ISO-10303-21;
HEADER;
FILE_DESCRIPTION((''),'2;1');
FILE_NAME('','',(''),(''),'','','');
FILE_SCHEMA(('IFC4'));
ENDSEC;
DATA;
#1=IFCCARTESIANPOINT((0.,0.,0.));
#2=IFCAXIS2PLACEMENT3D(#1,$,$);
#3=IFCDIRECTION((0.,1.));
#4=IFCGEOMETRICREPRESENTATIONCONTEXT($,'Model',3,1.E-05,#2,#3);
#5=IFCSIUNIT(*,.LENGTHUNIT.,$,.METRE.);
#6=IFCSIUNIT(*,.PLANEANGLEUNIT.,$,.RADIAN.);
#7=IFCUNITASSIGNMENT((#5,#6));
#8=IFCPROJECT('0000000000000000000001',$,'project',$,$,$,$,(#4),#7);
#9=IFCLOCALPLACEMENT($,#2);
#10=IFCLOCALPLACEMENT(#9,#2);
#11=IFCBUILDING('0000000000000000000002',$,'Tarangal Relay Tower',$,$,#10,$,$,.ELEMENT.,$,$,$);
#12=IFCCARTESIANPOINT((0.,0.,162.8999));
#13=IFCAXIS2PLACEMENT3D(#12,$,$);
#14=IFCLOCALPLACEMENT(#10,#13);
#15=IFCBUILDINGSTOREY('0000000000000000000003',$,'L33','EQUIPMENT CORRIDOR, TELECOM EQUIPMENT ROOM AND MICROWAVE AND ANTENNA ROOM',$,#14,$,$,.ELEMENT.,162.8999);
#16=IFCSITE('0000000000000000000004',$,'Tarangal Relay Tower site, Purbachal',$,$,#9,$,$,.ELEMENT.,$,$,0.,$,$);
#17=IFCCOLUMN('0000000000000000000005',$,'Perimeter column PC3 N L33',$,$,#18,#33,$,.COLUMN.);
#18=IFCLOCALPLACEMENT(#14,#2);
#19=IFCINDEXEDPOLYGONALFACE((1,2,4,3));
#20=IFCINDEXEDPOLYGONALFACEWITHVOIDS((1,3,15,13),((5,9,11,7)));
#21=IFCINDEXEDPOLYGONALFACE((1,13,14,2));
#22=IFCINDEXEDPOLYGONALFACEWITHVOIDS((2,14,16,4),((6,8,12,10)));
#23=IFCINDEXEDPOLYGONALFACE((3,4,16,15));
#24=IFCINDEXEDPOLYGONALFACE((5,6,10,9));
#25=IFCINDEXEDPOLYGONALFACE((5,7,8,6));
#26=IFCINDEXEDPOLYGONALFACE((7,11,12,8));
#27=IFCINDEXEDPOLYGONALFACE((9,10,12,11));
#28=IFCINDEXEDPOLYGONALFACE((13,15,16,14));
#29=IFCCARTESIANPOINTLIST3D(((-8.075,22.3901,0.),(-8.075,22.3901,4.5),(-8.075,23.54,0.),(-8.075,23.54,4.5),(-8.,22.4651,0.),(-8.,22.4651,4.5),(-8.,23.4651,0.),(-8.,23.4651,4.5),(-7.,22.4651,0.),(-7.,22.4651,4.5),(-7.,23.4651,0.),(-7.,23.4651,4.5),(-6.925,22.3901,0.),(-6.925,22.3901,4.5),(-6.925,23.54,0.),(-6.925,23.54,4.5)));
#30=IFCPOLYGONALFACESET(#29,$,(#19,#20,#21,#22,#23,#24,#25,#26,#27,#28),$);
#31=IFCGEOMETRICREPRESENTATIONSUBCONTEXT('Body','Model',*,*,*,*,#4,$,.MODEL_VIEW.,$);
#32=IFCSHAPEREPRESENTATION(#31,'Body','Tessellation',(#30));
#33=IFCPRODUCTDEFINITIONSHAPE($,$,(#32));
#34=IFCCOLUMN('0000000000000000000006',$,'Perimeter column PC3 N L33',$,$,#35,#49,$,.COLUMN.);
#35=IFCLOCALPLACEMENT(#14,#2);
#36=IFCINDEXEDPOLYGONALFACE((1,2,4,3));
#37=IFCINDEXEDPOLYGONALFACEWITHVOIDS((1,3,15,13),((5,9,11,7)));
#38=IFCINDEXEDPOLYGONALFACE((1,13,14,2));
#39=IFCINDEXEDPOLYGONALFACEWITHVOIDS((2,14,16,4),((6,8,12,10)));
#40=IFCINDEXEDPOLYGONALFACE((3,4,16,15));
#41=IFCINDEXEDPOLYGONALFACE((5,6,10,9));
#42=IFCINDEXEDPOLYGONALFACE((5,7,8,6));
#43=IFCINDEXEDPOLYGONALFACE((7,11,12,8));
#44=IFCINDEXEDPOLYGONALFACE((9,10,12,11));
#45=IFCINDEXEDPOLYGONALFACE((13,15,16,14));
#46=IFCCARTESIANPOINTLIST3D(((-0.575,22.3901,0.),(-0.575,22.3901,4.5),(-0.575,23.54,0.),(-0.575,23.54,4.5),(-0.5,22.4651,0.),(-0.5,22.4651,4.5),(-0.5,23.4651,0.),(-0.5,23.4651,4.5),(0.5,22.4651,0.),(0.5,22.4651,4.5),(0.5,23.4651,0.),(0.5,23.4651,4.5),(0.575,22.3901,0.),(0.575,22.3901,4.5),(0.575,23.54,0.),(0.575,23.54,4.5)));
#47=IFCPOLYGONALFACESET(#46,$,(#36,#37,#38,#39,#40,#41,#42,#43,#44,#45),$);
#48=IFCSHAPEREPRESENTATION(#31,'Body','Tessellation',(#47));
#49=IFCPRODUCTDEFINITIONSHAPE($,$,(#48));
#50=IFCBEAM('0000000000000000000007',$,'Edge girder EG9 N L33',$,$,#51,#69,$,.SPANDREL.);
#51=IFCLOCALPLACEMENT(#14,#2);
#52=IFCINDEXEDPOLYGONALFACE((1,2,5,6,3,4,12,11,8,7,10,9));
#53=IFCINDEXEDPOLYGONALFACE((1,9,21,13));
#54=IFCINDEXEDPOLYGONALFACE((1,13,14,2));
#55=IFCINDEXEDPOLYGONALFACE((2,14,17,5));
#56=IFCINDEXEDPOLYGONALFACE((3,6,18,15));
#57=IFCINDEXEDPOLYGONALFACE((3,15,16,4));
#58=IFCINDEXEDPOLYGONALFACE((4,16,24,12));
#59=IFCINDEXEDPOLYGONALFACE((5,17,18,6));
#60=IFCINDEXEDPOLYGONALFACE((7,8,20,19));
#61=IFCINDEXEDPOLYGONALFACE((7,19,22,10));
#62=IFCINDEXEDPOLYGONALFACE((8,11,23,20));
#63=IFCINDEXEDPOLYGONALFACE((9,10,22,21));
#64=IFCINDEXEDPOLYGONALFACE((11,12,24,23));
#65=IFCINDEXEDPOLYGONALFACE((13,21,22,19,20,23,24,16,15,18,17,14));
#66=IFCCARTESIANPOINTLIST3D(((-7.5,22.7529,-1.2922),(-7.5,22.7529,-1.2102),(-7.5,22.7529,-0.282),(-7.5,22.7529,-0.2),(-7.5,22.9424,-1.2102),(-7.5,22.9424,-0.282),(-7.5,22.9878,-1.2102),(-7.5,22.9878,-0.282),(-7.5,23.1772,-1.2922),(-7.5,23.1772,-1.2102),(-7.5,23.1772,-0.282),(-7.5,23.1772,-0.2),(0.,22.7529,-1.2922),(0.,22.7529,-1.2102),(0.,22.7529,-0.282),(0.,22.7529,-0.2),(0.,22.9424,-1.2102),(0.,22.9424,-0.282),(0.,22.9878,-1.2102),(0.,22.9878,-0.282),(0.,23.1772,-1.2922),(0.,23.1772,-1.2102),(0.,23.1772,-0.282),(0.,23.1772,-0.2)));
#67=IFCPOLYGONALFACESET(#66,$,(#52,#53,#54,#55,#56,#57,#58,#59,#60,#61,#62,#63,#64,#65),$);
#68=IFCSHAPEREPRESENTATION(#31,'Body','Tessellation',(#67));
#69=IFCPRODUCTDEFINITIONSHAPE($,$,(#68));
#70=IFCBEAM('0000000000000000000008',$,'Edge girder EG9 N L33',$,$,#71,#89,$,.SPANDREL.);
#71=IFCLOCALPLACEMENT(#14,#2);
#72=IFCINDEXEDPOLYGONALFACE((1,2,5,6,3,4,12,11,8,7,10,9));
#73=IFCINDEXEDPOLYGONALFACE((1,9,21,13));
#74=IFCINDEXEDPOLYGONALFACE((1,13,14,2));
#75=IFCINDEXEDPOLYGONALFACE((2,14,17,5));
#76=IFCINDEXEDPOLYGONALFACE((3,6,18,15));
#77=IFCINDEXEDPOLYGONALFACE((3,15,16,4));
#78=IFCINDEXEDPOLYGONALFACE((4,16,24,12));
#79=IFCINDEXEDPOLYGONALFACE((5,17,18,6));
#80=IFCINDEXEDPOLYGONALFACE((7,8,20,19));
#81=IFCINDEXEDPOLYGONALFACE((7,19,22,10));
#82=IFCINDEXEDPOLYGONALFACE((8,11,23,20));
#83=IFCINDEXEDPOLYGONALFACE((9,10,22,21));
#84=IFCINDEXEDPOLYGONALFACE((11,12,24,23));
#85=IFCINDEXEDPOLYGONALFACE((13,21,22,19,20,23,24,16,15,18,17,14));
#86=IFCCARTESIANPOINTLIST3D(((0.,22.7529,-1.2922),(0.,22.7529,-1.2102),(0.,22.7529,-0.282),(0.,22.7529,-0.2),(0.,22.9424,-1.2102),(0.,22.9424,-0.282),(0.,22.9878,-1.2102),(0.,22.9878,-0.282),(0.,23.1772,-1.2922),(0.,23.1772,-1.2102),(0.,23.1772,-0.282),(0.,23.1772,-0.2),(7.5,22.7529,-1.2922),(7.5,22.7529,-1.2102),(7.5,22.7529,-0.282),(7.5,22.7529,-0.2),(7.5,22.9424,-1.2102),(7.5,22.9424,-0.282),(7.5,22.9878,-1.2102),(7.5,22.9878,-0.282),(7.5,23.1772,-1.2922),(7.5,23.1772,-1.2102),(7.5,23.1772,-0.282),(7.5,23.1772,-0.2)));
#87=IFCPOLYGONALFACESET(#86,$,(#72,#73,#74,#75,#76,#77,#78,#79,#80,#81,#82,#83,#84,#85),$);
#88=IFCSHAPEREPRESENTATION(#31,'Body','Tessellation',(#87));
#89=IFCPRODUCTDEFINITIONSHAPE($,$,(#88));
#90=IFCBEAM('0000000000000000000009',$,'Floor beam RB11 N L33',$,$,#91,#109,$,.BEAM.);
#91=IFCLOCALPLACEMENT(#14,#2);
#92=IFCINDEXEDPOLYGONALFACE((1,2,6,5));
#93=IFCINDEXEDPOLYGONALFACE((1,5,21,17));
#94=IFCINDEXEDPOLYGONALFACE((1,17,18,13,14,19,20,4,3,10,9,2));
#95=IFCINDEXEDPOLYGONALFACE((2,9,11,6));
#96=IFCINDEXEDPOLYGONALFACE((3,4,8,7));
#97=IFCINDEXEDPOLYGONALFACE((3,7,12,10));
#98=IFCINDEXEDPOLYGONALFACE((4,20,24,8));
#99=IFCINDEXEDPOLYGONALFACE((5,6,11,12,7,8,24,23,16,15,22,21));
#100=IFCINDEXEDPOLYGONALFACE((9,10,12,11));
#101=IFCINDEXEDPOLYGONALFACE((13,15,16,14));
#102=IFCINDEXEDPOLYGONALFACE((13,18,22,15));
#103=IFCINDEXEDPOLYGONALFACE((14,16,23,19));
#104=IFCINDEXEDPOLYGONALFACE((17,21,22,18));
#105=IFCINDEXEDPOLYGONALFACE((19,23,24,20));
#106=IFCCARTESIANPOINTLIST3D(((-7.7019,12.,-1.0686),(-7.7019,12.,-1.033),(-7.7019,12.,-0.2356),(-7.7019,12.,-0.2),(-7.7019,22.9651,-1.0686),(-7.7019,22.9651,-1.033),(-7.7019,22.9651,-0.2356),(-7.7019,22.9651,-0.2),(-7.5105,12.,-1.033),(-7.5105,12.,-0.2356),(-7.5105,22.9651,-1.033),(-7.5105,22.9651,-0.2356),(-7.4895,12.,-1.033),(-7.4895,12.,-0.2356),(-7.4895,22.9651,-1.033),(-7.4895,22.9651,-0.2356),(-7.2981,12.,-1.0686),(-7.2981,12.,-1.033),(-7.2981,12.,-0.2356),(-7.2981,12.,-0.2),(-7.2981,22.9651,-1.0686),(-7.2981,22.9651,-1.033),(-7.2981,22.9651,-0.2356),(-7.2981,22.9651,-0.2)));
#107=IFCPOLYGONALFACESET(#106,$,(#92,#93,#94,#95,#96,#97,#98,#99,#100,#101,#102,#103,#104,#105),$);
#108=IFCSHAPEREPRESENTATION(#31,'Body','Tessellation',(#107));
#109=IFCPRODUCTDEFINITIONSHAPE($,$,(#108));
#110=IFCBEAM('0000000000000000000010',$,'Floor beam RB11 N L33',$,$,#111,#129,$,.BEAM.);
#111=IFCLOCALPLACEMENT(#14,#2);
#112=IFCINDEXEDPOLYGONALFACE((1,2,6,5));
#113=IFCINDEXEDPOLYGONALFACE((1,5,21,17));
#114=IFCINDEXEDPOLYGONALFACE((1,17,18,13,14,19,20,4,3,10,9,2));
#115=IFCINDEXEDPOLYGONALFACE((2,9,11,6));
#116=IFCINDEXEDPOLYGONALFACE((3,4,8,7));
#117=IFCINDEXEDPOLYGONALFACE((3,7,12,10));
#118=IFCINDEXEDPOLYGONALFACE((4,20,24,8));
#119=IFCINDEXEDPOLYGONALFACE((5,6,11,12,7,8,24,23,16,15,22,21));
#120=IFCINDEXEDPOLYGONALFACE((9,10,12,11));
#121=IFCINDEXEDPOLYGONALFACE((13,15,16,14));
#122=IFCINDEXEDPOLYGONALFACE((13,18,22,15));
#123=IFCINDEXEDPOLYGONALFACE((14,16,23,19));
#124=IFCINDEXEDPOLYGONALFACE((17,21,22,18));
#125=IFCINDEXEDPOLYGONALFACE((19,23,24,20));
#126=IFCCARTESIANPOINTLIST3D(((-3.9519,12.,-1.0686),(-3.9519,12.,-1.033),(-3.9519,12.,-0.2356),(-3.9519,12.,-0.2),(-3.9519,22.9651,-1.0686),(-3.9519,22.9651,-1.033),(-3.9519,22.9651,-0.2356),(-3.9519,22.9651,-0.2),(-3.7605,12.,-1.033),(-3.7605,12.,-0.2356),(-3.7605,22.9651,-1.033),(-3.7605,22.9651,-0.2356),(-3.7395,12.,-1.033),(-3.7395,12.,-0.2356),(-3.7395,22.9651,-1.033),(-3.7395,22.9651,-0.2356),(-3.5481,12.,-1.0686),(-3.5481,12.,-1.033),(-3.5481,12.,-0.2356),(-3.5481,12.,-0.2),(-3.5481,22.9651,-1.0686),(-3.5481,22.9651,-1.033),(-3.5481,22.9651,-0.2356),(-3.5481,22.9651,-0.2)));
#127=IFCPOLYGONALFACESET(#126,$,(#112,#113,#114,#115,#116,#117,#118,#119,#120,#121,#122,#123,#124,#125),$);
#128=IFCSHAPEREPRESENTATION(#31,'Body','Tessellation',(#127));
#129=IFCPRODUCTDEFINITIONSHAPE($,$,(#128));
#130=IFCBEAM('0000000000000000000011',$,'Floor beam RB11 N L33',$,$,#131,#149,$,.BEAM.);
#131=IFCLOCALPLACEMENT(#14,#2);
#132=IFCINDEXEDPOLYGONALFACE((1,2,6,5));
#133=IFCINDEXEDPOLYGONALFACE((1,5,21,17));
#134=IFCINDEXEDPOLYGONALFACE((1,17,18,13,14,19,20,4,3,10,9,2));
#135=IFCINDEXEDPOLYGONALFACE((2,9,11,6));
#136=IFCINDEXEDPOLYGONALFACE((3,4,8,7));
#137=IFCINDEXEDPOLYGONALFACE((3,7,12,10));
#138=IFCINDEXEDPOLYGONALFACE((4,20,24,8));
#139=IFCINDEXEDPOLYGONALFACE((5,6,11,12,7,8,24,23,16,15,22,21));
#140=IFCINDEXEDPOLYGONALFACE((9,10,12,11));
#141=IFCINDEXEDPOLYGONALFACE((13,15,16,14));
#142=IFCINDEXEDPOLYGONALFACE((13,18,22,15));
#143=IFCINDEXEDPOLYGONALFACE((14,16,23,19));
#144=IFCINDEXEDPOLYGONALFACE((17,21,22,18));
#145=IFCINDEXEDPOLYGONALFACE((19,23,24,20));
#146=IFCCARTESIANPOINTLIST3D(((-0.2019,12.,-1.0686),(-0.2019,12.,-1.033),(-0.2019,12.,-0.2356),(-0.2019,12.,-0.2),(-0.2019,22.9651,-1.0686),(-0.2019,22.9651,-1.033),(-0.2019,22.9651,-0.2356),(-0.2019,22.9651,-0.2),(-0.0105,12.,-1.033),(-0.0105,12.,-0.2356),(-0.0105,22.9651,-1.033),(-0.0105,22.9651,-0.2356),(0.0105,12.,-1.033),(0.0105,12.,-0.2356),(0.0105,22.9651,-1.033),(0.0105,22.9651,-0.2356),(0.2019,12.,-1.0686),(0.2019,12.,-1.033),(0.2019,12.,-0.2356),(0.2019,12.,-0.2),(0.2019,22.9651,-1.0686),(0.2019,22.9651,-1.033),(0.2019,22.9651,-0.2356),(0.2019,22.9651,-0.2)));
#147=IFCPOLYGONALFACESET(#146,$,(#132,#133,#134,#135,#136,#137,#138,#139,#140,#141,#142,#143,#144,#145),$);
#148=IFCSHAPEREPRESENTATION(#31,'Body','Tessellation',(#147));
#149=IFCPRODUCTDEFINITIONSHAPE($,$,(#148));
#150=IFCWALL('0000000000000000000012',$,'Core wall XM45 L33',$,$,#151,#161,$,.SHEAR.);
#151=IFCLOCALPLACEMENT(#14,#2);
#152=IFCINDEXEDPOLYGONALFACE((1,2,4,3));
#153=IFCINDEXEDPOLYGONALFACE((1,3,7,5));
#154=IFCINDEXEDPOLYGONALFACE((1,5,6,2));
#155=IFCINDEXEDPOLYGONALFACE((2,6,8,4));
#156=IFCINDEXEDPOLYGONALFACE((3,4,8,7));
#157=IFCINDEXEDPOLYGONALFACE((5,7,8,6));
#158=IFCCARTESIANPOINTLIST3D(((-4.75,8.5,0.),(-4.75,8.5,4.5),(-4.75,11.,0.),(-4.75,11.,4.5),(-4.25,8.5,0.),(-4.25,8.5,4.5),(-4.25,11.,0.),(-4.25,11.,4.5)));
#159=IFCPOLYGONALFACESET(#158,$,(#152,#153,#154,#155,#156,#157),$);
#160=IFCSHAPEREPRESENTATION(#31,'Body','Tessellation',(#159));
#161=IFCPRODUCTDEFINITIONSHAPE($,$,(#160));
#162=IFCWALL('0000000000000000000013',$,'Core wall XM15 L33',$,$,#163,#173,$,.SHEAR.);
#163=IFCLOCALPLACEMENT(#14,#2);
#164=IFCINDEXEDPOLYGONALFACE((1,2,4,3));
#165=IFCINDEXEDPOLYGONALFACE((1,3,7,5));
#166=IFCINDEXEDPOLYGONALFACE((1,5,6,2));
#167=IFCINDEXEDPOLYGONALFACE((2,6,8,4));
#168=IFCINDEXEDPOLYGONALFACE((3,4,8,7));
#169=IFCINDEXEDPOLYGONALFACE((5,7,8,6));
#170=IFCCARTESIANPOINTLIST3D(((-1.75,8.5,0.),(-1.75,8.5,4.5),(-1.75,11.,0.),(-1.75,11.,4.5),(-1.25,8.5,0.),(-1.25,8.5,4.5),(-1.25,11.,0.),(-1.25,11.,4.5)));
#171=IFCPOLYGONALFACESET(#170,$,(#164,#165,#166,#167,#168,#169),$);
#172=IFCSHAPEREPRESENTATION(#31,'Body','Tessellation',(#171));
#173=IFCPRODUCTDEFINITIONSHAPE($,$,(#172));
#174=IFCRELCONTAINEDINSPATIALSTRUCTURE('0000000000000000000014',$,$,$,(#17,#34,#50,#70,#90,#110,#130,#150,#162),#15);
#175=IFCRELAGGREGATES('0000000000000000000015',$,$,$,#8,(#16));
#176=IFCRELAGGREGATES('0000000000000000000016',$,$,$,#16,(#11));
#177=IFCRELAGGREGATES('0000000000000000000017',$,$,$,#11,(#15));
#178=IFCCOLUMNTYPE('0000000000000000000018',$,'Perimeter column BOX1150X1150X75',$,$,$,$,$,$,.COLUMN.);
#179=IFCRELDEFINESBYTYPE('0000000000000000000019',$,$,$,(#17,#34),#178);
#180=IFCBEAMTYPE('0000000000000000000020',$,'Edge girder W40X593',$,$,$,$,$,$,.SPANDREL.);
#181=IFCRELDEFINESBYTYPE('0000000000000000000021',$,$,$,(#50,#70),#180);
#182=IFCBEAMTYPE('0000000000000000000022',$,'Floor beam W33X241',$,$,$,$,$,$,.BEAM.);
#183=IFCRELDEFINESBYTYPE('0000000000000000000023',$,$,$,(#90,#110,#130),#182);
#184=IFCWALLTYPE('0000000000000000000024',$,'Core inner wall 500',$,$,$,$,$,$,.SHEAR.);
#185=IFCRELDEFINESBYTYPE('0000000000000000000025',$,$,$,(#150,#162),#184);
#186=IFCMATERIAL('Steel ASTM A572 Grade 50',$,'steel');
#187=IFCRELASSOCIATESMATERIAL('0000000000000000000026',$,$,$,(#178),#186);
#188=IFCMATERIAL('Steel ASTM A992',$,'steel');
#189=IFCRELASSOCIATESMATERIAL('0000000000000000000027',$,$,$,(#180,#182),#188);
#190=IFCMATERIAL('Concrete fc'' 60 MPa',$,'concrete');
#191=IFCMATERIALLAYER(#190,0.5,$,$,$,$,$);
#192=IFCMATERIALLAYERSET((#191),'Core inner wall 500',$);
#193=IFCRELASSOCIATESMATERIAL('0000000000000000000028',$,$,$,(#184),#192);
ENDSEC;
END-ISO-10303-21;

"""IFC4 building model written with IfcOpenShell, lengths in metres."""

from ifc_helpers import new_model, si_unit, direction, frame, frame_2d, origin, origin_2d, place, context, subcontext, project, spatial, rectangle, hollow_rectangle, i_section, extrude, material, layer, layer_set, material_profile, profile_set, type_object, element, save


model = new_model("IFC4")

# Units and contexts
model_context = context("Model", 3, precision=1e-05, world=origin(), true_north=direction((0.0, 1.0)))
body_context = subcontext(model_context, "Body", "Model", "MODEL_VIEW")
ifc_project = project(units=[si_unit("LENGTHUNIT", "METRE"), si_unit("PLANEANGLEUNIT", "RADIAN")], contexts=[model_context])

# Site, building, storey
site_placement = place(None, origin())
site = spatial("IfcSite", under=ifc_project, at=site_placement, Name="Tarangal Relay Tower site, Purbachal", CompositionType="ELEMENT", RefElevation=0.0)
building_placement = place(site_placement, origin())
building = spatial("IfcBuilding", under=site, at=building_placement, Name="Tarangal Relay Tower", CompositionType="ELEMENT")
storey_placement = place(building_placement, frame((0.0, 0.0, 162.8999)))
storey = spatial("IfcBuildingStorey", under=building, at=storey_placement, Name="L33", Description="EQUIPMENT CORRIDOR, TELECOM EQUIPMENT ROOM AND MICROWAVE AND ANTENNA ROOM", CompositionType="ELEMENT", Elevation=162.8999)

# Columns
ifc_material_1 = material(Name="Steel ASTM A572 Grade 50", Category="steel")
ifc_material_profile_1 = material_profile(ifc_material_1, hollow_rectangle(XDim=1.1499, YDim=1.1499, WallThickness=0.075, at=origin_2d()), Name="BOX1150X1150X75")
ifc_profile_set_1 = profile_set([ifc_material_profile_1], Name="Steel ASTM A572 Grade 50")
column_type = type_object("IfcColumnType", Name="Perimeter column BOX1150X1150X75", PredefinedType="COLUMN", material=ifc_profile_set_1)
for number, where, z_axis, x_axis, name in (
    (1, (-7.5, 22.9651, 0.0), (0.0, 0.0, 1.0), (1.0, 0.0, 0.0), "Perimeter column PC3 N L33"),
    (2, (0.0, 22.9651, 0.0), (0.0, 0.0, 1.0), (1.0, 0.0, 0.0), "Perimeter column PC3 N L33"),
):
    element("IfcColumn", number, at=place(storey_placement, frame(where, z_axis=z_axis, x_axis=x_axis)), inside=storey, type_object=column_type, Name=name, PredefinedType="COLUMN", context=body_context, shape_type="SweptSolid", body=[
        extrude(hollow_rectangle(XDim=1.1499, YDim=1.1499, WallThickness=0.075, at=origin_2d()), origin(), (0.0, 0.0, 1.0), 4.5),
    ])

# Beams
ifc_material_2 = material(Name="Steel ASTM A992", Category="steel")
ifc_material_profile_2 = material_profile(ifc_material_2, i_section(OverallWidth=0.4243, OverallDepth=1.0923, WebThickness=0.0454, FlangeThickness=0.082, at=origin_2d()), Name="W40X593")
ifc_profile_set_2 = profile_set([ifc_material_profile_2], Name="Steel ASTM A992")
beam_type_1 = type_object("IfcBeamType", Name="Edge girder W40X593", PredefinedType="SPANDREL", material=ifc_profile_set_2)
for number, where, z_axis, x_axis, name in (
    (3, (-7.5, 22.9651, -0.7461), (1.0, 0.0, 0.0), (0.0, 1.0, 0.0), "Edge girder EG9 N L33"),
    (4, (0.0, 22.9651, -0.7461), (1.0, 0.0, 0.0), (0.0, 1.0, 0.0), "Edge girder EG9 N L33"),
):
    element("IfcBeam", number, at=place(storey_placement, frame(where, z_axis=z_axis, x_axis=x_axis)), inside=storey, type_object=beam_type_1, Name=name, PredefinedType="SPANDREL", context=body_context, shape_type="SweptSolid", body=[
        extrude(i_section(OverallWidth=0.4243, OverallDepth=1.0923, WebThickness=0.0454, FlangeThickness=0.082, at=origin_2d()), origin(), (0.0, 0.0, 1.0), 7.5),
    ])
ifc_material_profile_3 = material_profile(ifc_material_2, i_section(OverallWidth=0.4038, OverallDepth=0.8687, WebThickness=0.021, FlangeThickness=0.0356, at=origin_2d()), Name="W33X241")
ifc_profile_set_3 = profile_set([ifc_material_profile_3], Name="Steel ASTM A992")
beam_type_2 = type_object("IfcBeamType", Name="Floor beam W33X241", PredefinedType="BEAM", material=ifc_profile_set_3)
for number, where, z_axis, x_axis, name in (
    (5, (-7.5, 12.0, -0.6343), (0.0, 1.0, 0.0), (-1.0, 0.0, 0.0), "Floor beam RB11 N L33"),
    (6, (-3.75, 12.0, -0.6343), (0.0, 1.0, 0.0), (-1.0, 0.0, 0.0), "Floor beam RB11 N L33"),
    (7, (0.0, 12.0, -0.6343), (0.0, 1.0, 0.0), (-1.0, 0.0, 0.0), "Floor beam RB11 N L33"),
):
    element("IfcBeam", number, at=place(storey_placement, frame(where, z_axis=z_axis, x_axis=x_axis)), inside=storey, type_object=beam_type_2, Name=name, PredefinedType="BEAM", context=body_context, shape_type="SweptSolid", body=[
        extrude(i_section(OverallWidth=0.4038, OverallDepth=0.8687, WebThickness=0.021, FlangeThickness=0.0356, at=origin_2d()), origin(), (0.0, 0.0, 1.0), 10.9651),
    ])

# Shared definitions
ifc_material_3 = material(Name="Concrete fc' 60 MPa", Category="concrete")
ifc_layer = layer(ifc_material_3, 0.5)
ifc_layer_set = layer_set([ifc_layer], Name="Core inner wall 500")
wall_type = type_object("IfcWallType", Name="Core inner wall 500", PredefinedType="SHEAR", material=ifc_layer_set)

# Walls
for number, where, z_axis, x_axis, name in (
    (8, (-4.5, 8.5, 0.0), (0.0, 0.0, 1.0), (0.0, 1.0, 0.0), "Core wall XM45 L33"),
    (9, (-1.5, 8.5, 0.0), (0.0, 0.0, 1.0), (0.0, 1.0, 0.0), "Core wall XM15 L33"),
):
    element("IfcWall", number, at=place(storey_placement, frame(where, z_axis=z_axis, x_axis=x_axis)), inside=storey, type_object=wall_type, Name=name, PredefinedType="SHEAR", context=body_context, shape_type="SweptSolid", body=[
        extrude(rectangle(XDim=2.5, YDim=0.5, at=frame_2d((1.25, 0.0))), origin(), (0.0, 0.0, 1.0), 4.5),
    ])

save(model, "model.ifc")
